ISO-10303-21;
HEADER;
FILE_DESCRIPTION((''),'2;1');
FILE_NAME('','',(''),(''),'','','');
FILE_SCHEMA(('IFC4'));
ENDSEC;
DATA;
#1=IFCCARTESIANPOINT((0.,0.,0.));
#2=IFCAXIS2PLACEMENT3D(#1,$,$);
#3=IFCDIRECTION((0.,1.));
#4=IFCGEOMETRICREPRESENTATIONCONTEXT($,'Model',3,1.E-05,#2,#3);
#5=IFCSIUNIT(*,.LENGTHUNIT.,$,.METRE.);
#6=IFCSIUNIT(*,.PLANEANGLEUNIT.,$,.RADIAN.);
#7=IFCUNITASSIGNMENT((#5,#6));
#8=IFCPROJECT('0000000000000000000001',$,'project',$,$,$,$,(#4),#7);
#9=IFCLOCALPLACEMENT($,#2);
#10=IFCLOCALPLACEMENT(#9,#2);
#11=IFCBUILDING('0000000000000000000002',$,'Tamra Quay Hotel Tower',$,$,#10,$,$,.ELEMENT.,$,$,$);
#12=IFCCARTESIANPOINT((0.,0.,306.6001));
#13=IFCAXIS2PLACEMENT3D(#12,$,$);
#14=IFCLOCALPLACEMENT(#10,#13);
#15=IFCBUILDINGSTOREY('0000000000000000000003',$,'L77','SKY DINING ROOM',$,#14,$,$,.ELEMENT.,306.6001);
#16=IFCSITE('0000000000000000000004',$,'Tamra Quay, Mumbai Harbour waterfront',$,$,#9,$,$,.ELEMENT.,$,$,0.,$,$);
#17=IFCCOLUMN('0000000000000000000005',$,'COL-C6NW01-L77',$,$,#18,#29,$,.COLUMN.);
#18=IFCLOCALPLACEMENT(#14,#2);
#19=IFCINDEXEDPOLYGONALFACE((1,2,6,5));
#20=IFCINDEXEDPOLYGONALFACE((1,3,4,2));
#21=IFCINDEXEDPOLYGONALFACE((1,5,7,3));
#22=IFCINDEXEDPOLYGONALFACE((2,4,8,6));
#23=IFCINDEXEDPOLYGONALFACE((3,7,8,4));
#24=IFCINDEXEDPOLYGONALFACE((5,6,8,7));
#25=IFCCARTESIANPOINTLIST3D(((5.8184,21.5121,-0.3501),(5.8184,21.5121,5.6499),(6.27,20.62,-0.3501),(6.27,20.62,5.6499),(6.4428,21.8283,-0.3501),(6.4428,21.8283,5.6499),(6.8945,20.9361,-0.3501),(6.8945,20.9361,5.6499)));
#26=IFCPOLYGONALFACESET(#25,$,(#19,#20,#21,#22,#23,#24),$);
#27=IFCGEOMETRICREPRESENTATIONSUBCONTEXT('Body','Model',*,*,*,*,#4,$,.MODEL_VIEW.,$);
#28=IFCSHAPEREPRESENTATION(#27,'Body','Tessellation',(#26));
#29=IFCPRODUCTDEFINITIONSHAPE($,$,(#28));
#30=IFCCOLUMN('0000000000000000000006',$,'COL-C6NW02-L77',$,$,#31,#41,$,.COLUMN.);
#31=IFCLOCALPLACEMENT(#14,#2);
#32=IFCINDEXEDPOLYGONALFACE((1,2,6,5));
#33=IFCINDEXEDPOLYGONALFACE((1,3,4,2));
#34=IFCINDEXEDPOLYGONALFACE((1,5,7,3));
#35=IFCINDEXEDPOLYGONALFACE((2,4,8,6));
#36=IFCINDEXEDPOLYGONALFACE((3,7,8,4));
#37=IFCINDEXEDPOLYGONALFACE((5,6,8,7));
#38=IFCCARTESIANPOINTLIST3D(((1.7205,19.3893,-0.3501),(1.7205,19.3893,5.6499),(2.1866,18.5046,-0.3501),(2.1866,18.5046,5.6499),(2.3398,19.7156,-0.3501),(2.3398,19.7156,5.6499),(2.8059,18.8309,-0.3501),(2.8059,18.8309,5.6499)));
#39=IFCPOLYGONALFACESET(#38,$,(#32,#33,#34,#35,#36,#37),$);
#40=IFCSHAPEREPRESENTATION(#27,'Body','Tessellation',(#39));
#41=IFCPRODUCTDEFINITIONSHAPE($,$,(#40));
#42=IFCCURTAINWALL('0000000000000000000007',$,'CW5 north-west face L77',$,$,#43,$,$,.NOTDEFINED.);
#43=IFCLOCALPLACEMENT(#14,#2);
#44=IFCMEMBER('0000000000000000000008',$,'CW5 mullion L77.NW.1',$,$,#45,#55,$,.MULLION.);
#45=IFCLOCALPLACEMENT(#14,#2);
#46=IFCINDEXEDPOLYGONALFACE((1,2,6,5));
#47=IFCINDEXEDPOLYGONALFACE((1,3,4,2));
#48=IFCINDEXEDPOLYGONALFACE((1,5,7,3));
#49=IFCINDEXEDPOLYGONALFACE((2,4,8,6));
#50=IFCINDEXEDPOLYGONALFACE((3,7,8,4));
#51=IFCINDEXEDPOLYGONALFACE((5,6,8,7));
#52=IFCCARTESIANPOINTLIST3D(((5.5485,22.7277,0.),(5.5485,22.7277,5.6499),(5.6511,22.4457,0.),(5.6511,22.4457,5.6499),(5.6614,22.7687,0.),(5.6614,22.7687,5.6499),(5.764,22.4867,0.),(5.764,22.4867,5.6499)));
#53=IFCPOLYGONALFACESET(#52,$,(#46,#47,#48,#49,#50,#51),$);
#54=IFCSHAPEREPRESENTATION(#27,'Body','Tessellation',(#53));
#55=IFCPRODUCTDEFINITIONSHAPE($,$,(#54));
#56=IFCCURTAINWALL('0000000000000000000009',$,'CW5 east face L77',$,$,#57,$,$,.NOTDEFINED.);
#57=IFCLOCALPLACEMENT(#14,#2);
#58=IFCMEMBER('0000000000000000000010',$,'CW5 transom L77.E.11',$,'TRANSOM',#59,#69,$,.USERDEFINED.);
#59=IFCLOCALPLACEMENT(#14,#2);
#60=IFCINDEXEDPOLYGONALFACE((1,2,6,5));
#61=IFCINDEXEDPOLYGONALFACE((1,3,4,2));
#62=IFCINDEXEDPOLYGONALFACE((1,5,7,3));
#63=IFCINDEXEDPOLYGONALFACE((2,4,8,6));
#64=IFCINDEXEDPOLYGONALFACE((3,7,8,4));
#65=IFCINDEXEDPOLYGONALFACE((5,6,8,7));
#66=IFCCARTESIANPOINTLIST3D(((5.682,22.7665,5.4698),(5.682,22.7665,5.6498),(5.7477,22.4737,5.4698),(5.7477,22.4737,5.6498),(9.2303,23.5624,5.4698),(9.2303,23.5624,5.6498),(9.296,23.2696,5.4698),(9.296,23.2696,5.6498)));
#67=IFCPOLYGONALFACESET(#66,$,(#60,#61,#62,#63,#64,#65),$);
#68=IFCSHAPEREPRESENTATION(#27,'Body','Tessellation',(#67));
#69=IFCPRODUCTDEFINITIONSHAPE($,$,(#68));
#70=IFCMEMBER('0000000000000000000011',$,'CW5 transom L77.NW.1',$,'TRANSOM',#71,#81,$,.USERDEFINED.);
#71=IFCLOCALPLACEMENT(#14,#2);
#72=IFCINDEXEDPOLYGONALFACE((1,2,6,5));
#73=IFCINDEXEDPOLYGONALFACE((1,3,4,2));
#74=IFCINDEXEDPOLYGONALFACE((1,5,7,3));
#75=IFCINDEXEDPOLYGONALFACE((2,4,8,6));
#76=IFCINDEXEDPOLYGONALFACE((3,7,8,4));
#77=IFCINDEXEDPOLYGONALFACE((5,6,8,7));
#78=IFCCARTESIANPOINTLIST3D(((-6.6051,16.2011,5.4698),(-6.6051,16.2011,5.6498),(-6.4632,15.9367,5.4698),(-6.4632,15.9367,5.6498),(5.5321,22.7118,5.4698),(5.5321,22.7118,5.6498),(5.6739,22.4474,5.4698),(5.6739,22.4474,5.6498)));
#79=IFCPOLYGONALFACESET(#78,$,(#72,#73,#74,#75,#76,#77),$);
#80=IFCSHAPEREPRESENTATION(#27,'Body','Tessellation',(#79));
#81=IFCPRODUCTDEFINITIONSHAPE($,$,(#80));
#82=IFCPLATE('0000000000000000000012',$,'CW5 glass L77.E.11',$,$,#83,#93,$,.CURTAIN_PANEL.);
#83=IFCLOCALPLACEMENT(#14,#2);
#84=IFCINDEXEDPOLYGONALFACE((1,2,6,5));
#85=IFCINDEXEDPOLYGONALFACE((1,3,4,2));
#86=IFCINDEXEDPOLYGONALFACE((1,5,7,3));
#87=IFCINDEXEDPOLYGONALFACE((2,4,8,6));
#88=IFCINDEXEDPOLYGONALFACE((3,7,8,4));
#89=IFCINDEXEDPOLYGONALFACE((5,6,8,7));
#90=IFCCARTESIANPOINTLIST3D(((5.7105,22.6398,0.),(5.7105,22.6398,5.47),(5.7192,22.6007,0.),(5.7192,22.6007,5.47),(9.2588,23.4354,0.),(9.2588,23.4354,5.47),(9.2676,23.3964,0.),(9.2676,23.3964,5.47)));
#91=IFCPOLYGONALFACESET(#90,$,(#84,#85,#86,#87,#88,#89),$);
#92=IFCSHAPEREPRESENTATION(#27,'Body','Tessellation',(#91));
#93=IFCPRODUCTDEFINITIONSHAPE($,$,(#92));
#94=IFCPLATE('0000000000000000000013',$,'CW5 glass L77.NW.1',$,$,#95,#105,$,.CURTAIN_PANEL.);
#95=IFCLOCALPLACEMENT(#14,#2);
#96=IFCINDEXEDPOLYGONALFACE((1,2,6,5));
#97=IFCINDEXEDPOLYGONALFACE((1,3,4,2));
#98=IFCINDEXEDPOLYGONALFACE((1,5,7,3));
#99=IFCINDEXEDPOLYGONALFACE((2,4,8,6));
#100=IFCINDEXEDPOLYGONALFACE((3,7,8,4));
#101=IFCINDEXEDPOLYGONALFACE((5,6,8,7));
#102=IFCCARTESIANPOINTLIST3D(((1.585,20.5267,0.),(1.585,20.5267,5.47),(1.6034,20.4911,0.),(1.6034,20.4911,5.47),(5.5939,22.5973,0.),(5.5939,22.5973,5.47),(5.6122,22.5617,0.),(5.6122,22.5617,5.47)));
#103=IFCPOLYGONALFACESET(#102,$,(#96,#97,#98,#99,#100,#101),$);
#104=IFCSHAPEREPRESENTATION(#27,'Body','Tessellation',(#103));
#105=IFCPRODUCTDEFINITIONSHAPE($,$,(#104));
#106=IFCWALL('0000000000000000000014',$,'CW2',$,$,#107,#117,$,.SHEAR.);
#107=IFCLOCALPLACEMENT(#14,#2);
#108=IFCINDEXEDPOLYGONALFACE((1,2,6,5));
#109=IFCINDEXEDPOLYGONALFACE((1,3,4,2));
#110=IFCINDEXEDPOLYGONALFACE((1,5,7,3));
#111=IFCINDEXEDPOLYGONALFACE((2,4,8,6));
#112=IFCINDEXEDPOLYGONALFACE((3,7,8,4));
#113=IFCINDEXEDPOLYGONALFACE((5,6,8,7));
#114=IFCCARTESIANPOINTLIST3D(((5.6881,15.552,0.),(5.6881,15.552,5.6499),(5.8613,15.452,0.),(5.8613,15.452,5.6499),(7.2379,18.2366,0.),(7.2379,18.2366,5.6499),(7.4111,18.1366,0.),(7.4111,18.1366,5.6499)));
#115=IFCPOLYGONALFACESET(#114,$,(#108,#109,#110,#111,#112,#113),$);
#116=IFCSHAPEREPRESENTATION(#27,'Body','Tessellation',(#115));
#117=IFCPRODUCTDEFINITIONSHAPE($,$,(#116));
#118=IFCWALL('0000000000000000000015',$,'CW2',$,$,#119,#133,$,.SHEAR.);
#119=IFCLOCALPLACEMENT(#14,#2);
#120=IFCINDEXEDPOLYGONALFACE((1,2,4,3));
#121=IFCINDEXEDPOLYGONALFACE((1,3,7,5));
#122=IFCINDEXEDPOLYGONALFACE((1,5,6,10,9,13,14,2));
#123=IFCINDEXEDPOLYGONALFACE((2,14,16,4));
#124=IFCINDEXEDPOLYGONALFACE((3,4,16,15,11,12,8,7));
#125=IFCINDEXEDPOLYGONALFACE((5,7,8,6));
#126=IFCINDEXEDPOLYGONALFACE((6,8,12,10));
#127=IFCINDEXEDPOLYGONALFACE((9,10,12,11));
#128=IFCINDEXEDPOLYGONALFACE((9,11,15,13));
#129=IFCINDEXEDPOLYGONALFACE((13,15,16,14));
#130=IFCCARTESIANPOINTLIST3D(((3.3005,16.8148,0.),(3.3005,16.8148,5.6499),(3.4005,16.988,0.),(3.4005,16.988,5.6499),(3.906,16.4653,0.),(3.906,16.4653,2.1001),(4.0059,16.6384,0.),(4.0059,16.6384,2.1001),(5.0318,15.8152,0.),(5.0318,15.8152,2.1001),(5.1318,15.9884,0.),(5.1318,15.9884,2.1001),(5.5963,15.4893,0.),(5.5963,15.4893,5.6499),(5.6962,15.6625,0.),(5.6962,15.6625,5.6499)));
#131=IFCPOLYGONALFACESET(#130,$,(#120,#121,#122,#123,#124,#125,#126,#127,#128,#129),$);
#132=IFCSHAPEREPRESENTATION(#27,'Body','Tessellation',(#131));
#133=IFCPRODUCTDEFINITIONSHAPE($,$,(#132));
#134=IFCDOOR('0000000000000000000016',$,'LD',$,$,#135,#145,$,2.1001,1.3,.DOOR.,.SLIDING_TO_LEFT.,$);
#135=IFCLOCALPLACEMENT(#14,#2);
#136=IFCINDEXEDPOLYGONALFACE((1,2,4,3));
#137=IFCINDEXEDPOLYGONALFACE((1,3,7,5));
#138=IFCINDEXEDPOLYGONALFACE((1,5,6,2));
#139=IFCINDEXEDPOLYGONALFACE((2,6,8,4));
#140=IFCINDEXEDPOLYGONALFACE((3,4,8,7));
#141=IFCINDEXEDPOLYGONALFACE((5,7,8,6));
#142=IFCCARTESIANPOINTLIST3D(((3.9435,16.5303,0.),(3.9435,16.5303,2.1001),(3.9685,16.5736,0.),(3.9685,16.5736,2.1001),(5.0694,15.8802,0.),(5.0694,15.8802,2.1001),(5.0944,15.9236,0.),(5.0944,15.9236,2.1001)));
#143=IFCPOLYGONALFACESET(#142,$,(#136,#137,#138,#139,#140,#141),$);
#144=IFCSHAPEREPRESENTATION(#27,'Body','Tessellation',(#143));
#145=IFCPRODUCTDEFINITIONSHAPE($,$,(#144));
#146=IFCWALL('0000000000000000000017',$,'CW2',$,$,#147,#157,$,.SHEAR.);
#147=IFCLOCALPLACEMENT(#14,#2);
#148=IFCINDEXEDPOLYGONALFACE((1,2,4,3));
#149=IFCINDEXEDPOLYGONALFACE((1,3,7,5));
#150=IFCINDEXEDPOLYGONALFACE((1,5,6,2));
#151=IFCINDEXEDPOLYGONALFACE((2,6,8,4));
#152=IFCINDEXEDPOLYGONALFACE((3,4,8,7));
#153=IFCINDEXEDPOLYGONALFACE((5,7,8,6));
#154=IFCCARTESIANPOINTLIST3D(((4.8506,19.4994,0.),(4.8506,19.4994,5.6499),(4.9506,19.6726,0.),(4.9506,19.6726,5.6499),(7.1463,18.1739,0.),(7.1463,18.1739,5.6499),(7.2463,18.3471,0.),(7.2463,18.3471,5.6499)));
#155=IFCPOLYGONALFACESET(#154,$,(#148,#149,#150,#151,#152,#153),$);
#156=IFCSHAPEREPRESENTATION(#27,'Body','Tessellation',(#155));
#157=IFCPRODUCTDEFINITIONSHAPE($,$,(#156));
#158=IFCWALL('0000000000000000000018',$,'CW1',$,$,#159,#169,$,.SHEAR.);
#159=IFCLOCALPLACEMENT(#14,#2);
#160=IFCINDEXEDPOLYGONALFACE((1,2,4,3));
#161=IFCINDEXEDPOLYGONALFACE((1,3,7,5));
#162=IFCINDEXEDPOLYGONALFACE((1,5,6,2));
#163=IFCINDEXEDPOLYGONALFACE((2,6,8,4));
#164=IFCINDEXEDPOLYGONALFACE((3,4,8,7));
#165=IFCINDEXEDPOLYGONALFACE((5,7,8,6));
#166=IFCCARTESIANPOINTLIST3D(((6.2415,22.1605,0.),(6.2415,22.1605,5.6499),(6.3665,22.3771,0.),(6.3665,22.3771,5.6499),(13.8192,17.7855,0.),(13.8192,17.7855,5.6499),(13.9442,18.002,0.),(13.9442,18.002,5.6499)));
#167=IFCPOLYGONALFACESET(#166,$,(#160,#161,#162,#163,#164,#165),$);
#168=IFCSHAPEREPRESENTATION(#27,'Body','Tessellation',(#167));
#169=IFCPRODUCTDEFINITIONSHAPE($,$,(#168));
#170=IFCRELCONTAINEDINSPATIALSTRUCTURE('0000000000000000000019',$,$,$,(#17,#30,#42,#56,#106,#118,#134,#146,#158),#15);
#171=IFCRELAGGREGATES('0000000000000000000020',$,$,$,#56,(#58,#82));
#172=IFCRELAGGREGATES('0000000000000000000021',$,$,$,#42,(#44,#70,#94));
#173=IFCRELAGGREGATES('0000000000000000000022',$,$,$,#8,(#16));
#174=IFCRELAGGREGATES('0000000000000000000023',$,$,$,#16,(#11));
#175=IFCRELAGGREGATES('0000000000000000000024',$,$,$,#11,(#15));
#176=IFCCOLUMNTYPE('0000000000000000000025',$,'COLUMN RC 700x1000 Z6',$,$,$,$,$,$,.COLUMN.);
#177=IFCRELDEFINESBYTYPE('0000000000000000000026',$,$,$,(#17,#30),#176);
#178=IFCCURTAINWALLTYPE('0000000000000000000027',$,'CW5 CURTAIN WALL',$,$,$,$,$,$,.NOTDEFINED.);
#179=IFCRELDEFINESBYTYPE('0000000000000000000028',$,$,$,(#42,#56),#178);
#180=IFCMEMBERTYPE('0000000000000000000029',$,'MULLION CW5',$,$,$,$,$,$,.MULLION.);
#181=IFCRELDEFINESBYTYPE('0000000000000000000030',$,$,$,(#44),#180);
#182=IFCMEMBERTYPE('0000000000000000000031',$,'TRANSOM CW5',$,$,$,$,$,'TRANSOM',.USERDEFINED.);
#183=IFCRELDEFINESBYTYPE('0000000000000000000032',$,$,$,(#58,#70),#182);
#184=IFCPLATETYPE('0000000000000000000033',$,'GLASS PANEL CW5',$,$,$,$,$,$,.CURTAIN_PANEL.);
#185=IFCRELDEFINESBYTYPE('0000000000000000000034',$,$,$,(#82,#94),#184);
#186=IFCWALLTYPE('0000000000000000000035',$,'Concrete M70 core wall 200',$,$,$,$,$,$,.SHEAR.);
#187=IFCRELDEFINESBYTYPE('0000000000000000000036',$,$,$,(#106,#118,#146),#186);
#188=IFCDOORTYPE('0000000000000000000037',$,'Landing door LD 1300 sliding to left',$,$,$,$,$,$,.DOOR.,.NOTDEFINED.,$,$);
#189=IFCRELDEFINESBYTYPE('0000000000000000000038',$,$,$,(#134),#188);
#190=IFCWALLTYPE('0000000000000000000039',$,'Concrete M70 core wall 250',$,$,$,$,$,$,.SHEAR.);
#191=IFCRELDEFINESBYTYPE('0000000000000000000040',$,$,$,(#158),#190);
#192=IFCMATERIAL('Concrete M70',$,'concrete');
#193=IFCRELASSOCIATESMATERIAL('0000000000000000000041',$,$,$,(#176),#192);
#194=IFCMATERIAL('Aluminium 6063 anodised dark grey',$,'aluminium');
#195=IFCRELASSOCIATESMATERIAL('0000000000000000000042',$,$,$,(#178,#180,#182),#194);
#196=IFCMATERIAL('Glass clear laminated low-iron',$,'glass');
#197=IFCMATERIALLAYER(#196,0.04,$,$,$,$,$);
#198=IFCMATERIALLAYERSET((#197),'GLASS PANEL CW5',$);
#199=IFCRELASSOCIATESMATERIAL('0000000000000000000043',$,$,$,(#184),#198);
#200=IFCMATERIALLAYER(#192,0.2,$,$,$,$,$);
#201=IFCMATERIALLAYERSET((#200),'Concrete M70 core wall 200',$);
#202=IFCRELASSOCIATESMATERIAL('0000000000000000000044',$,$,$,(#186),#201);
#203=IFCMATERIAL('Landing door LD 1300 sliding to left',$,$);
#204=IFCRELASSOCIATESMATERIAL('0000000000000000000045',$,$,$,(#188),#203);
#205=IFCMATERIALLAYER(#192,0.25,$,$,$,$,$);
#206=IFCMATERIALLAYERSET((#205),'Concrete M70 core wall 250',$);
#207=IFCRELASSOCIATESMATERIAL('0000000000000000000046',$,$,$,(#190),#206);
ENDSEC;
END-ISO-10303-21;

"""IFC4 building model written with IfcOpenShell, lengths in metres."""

from ifc_helpers import new_model, si_unit, direction, frame, frame_2d, origin, origin_2d, place, context, subcontext, project, spatial, rectangle, extrude, material, layer, layer_set, material_profile, profile_set, type_object, element, fill, aggregate, save


model = new_model("IFC4")

# Units and contexts
model_context = context("Model", 3, precision=1e-05, world=origin(), true_north=direction((0.0, 1.0)))
body_context = subcontext(model_context, "Body", "Model", "MODEL_VIEW")
ifc_project = project(units=[si_unit("LENGTHUNIT", "METRE"), si_unit("PLANEANGLEUNIT", "RADIAN")], contexts=[model_context])

# Site, building, storey
site_placement = place(None, origin())
site = spatial("IfcSite", under=ifc_project, at=site_placement, Name="Tamra Quay, Mumbai Harbour waterfront", CompositionType="ELEMENT", RefElevation=0.0)
building_placement = place(site_placement, origin())
building = spatial("IfcBuilding", under=site, at=building_placement, Name="Tamra Quay Hotel Tower", CompositionType="ELEMENT")
storey_placement = place(building_placement, frame((0.0, 0.0, 306.6001)))
storey = spatial("IfcBuildingStorey", under=building, at=storey_placement, Name="L77", Description="SKY DINING ROOM", CompositionType="ELEMENT", Elevation=306.6001)

# Columns
ifc_material_1 = material(Name="Concrete M70", Category="concrete")
ifc_material_profile_1 = material_profile(ifc_material_1, rectangle(XDim=1.0, YDim=0.7, at=origin_2d()), Name="COLUMN RC 700x1000 Z6")
ifc_profile_set_1 = profile_set([ifc_material_profile_1], Name="Concrete M70")
column_type = type_object("IfcColumnType", Name="COLUMN RC 700x1000 Z6", PredefinedType="COLUMN", material=ifc_profile_set_1)
for number, where, z_axis, x_axis, name in (
    (1, (6.3564, 21.2241, -0.3501), (0.0, 0.0, 1.0), (-0.451686, 0.892177, 0.0), "COL-C6NW01-L77"),
    (2, (2.2632, 19.1101, -0.3501), (0.0, 0.0, 1.0), (-0.466118, 0.884723, 0.0), "COL-C6NW02-L77"),
):
    element("IfcColumn", number, at=place(storey_placement, frame(where, z_axis=z_axis, x_axis=x_axis)), inside=storey, type_object=column_type, Name=name, PredefinedType="COLUMN", context=body_context, shape_type="SweptSolid", body=[
        extrude(rectangle(XDim=1.0, YDim=0.7, at=origin_2d()), origin(), (0.0, 0.0, 1.0), 6.0),
    ])

# Curtain walls, members
ifc_material_2 = material(Name="Aluminium 6063 anodised dark grey", Category="aluminium")
curtain_wall_type = type_object("IfcCurtainWallType", Name="CW5 CURTAIN WALL", PredefinedType="NOTDEFINED", material=ifc_material_2)
curtain_wall_1_placement = place(storey_placement, origin())
curtain_wall_1 = element("IfcCurtainWall", 3, at=curtain_wall_1_placement, inside=storey, type_object=curtain_wall_type, Name="CW5 north-west face L77", PredefinedType="NOTDEFINED")
ifc_material_profile_2 = material_profile(ifc_material_2, rectangle(XDim=0.3, YDim=0.1201, at=origin_2d()), Name="MULLION 120X300")
ifc_profile_set_2 = profile_set([ifc_material_profile_2], Name="Aluminium 6063 anodised dark grey")
member_type_1 = type_object("IfcMemberType", Name="MULLION CW5", PredefinedType="MULLION", material=ifc_profile_set_2)
member_1_placement = place(storey_placement, frame((5.6562, 22.6072, 0.0), z_axis=(0.0, 0.0, 1.0), x_axis=(-0.341653, 0.939826, 0.0)))
member_1 = element("IfcMember", 4, at=member_1_placement, type_object=member_type_1, Name="CW5 mullion L77.NW.1", PredefinedType="MULLION", context=body_context, shape_type="SweptSolid", body=[
    extrude(rectangle(XDim=0.3, YDim=0.1201, at=origin_2d()), origin(), (0.0, 0.0, 1.0), 5.6499),
])
curtain_wall_2_placement = place(storey_placement, origin())
curtain_wall_2 = element("IfcCurtainWall", 5, at=curtain_wall_2_placement, inside=storey, type_object=curtain_wall_type, Name="CW5 east face L77", PredefinedType="NOTDEFINED")
ifc_material_profile_3 = material_profile(ifc_material_2, rectangle(XDim=0.3, YDim=0.1799, at=origin_2d()), Name="TRANSOM 300X180")
ifc_profile_set_3 = profile_set([ifc_material_profile_3], Name="Aluminium 6063 anodised dark grey")
member_type_2 = type_object("IfcMemberType", Name="TRANSOM CW5", ElementType="TRANSOM", PredefinedType="USERDEFINED", material=ifc_profile_set_3)
member_2_placement = place(storey_placement, frame((9.2632, 23.416, 5.5598), z_axis=(-0.975755, -0.218864, 0.0), x_axis=(0.218864, -0.975755, 0.0)))
member_2 = element("IfcMember", 6, at=member_2_placement, type_object=member_type_2, Name="CW5 transom L77.E.11", ObjectType="TRANSOM", PredefinedType="USERDEFINED", context=body_context, shape_type="SweptSolid", body=[
    extrude(rectangle(XDim=0.3, YDim=0.1799, at=origin_2d()), origin(), (0.0, 0.0, 1.0), 3.6365),
])

# Member
member_3_placement = place(storey_placement, frame((5.603, 22.5796, 5.5598), z_axis=(-0.881218, -0.47271, 0.0), x_axis=(0.47271, -0.881218, 0.0)))
member_3 = element("IfcMember", 7, at=member_3_placement, type_object=member_type_2, Name="CW5 transom L77.NW.1", ObjectType="TRANSOM", PredefinedType="USERDEFINED", context=body_context, shape_type="SweptSolid", body=[
    extrude(rectangle(XDim=0.3, YDim=0.1799, at=origin_2d()), origin(), (0.0, 0.0, 1.0), 13.7732),
])

# Plates
ifc_material_3 = material(Name="Glass clear laminated low-iron", Category="glass")
ifc_layer_1 = layer(ifc_material_3, 0.04)
ifc_layer_set_1 = layer_set([ifc_layer_1], Name="GLASS PANEL CW5")
plate_type = type_object("IfcPlateType", Name="GLASS PANEL CW5", PredefinedType="CURTAIN_PANEL", material=ifc_layer_set_1)
plate_1_placement = place(storey_placement, frame((7.489, 23.0181, 0.0), z_axis=(0.0, 0.0, 1.0), x_axis=(-0.975768, -0.218806, 0.0)))
plate_1 = element("IfcPlate", 8, at=plate_1_placement, type_object=plate_type, Name="CW5 glass L77.E.11", PredefinedType="CURTAIN_PANEL", context=body_context, shape_type="SweptSolid", body=[
    extrude(rectangle(XDim=3.6365, YDim=0.04, at=origin_2d()), origin(), (0.0, 0.0, 1.0), 5.47),
])
aggregate(curtain_wall_2, [member_2, plate_1])
plate_2_placement = place(storey_placement, frame((3.5986, 21.5442, 0.0), z_axis=(0.0, 0.0, 1.0), x_axis=(-0.888486, -0.458903, 0.0)))
plate_2 = element("IfcPlate", 9, at=plate_2_placement, type_object=plate_type, Name="CW5 glass L77.NW.1", PredefinedType="CURTAIN_PANEL", context=body_context, shape_type="SweptSolid", body=[
    extrude(rectangle(XDim=4.512, YDim=0.04, at=origin_2d()), origin(), (0.0, 0.0, 1.0), 5.47),
])
aggregate(curtain_wall_1, [member_1, member_3, plate_2])

# Wall
ifc_layer_2 = layer(ifc_material_1, 0.2)
ifc_layer_set_2 = layer_set([ifc_layer_2], Name="Concrete M70 core wall 200")
wall_type_1 = type_object("IfcWallType", Name="Concrete M70 core wall 200", PredefinedType="SHEAR", material=ifc_layer_set_2)
wall_1_placement = place(storey_placement, frame((7.3245, 18.1865, 0.0), z_axis=(0.0, 0.0, 1.0), x_axis=(-0.499968, -0.866044, 0.0)))
element("IfcWall", 10, at=wall_1_placement, inside=storey, type_object=wall_type_1, Name="CW2", PredefinedType="SHEAR", context=body_context, shape_type="SweptSolid", body=[
    extrude(rectangle(XDim=3.0999, YDim=0.2, at=frame_2d((1.5498, 0.0))), origin(), (0.0, 0.0, 1.0), 5.6499),
])

# Wall, opening, door
wall_2_placement = place(storey_placement, frame((5.6462, 15.5759, 0.0), z_axis=(0.0, 0.0, 1.0), x_axis=(-0.866018, 0.500012, 0.0)))
wall_2 = element("IfcWall", 11, at=wall_2_placement, inside=storey, type_object=wall_type_1, Name="CW2", PredefinedType="SHEAR", context=body_context, shape_type="SweptSolid", body=[
    extrude(rectangle(XDim=2.6509, YDim=0.2, at=frame_2d((1.3254, 0.0))), origin(), (0.0, 0.0, 1.0), 5.6499),
])
opening_1_placement = place(wall_2_placement, frame((0.6519, 0.0, 0.0)))
opening_1 = element("IfcOpeningElement", 12, at=opening_1_placement, cuts=wall_2, PredefinedType="OPENING", context=body_context, shape_type="SweptSolid", body=[
    extrude(rectangle(XDim=1.3, YDim=2.1001, at=frame_2d((0.6499, 1.05))), frame((0.0, 0.1099, 0.0), z_axis=(0.0, -1.0, 0.0), x_axis=(1.0, 0.0, 0.0)), (0.0, 0.0, 1.0), 0.22),
])
ifc_material_4 = material(Name="Landing door LD 1300 sliding to left")
door_type_1 = type_object("IfcDoorType", Name="Landing door LD 1300 sliding to left", OperationType="NOTDEFINED", PredefinedType="DOOR", material=ifc_material_4)
door_1_placement = place(opening_1_placement, origin())
door_1 = element("IfcDoor", 13, at=door_1_placement, inside=storey, type_object=door_type_1, Name="LD", OperationType="SLIDING_TO_LEFT", OverallHeight=2.1001, OverallWidth=1.3, PredefinedType="DOOR", context=body_context, shape_type="SweptSolid", body=[
    extrude(rectangle(XDim=1.3, YDim=2.1001, at=frame_2d((0.6499, 1.05))), frame((0.0, 0.0249, 0.0), z_axis=(0.0, -1.0, 0.0), x_axis=(1.0, 0.0, 0.0)), (0.0, 0.0, 1.0), 0.05),
])
fill(opening_1, door_1)

# Walls
wall_3_placement = place(storey_placement, frame((7.1963, 18.2605, 0.0), z_axis=(0.0, 0.0, 1.0), x_axis=(-0.866018, 0.500012, 0.0)))
element("IfcWall", 14, at=wall_3_placement, inside=storey, type_object=wall_type_1, Name="CW2", PredefinedType="SHEAR", context=body_context, shape_type="SweptSolid", body=[
    extrude(rectangle(XDim=2.6509, YDim=0.2, at=frame_2d((1.3254, 0.0))), origin(), (0.0, 0.0, 1.0), 5.6499),
])
ifc_layer_3 = layer(ifc_material_1, 0.25)
ifc_layer_set_3 = layer_set([ifc_layer_3], Name="Concrete M70 core wall 250")
wall_type_2 = type_object("IfcWallType", Name="Concrete M70 core wall 250", PredefinedType="SHEAR", material=ifc_layer_set_3)
wall_4_placement = place(storey_placement, frame((6.304, 22.2688, 0.0), z_axis=(0.0, 0.0, 1.0), x_axis=(0.866023, -0.500004, 0.0)))
element("IfcWall", 15, at=wall_4_placement, inside=storey, type_object=wall_type_2, Name="CW1", PredefinedType="SHEAR", context=body_context, shape_type="SweptSolid", body=[
    extrude(rectangle(XDim=8.75, YDim=0.25, at=frame_2d((4.375, 0.0))), origin(), (0.0, 0.0, 1.0), 5.6499),
])

save(model, "model.ifc")
